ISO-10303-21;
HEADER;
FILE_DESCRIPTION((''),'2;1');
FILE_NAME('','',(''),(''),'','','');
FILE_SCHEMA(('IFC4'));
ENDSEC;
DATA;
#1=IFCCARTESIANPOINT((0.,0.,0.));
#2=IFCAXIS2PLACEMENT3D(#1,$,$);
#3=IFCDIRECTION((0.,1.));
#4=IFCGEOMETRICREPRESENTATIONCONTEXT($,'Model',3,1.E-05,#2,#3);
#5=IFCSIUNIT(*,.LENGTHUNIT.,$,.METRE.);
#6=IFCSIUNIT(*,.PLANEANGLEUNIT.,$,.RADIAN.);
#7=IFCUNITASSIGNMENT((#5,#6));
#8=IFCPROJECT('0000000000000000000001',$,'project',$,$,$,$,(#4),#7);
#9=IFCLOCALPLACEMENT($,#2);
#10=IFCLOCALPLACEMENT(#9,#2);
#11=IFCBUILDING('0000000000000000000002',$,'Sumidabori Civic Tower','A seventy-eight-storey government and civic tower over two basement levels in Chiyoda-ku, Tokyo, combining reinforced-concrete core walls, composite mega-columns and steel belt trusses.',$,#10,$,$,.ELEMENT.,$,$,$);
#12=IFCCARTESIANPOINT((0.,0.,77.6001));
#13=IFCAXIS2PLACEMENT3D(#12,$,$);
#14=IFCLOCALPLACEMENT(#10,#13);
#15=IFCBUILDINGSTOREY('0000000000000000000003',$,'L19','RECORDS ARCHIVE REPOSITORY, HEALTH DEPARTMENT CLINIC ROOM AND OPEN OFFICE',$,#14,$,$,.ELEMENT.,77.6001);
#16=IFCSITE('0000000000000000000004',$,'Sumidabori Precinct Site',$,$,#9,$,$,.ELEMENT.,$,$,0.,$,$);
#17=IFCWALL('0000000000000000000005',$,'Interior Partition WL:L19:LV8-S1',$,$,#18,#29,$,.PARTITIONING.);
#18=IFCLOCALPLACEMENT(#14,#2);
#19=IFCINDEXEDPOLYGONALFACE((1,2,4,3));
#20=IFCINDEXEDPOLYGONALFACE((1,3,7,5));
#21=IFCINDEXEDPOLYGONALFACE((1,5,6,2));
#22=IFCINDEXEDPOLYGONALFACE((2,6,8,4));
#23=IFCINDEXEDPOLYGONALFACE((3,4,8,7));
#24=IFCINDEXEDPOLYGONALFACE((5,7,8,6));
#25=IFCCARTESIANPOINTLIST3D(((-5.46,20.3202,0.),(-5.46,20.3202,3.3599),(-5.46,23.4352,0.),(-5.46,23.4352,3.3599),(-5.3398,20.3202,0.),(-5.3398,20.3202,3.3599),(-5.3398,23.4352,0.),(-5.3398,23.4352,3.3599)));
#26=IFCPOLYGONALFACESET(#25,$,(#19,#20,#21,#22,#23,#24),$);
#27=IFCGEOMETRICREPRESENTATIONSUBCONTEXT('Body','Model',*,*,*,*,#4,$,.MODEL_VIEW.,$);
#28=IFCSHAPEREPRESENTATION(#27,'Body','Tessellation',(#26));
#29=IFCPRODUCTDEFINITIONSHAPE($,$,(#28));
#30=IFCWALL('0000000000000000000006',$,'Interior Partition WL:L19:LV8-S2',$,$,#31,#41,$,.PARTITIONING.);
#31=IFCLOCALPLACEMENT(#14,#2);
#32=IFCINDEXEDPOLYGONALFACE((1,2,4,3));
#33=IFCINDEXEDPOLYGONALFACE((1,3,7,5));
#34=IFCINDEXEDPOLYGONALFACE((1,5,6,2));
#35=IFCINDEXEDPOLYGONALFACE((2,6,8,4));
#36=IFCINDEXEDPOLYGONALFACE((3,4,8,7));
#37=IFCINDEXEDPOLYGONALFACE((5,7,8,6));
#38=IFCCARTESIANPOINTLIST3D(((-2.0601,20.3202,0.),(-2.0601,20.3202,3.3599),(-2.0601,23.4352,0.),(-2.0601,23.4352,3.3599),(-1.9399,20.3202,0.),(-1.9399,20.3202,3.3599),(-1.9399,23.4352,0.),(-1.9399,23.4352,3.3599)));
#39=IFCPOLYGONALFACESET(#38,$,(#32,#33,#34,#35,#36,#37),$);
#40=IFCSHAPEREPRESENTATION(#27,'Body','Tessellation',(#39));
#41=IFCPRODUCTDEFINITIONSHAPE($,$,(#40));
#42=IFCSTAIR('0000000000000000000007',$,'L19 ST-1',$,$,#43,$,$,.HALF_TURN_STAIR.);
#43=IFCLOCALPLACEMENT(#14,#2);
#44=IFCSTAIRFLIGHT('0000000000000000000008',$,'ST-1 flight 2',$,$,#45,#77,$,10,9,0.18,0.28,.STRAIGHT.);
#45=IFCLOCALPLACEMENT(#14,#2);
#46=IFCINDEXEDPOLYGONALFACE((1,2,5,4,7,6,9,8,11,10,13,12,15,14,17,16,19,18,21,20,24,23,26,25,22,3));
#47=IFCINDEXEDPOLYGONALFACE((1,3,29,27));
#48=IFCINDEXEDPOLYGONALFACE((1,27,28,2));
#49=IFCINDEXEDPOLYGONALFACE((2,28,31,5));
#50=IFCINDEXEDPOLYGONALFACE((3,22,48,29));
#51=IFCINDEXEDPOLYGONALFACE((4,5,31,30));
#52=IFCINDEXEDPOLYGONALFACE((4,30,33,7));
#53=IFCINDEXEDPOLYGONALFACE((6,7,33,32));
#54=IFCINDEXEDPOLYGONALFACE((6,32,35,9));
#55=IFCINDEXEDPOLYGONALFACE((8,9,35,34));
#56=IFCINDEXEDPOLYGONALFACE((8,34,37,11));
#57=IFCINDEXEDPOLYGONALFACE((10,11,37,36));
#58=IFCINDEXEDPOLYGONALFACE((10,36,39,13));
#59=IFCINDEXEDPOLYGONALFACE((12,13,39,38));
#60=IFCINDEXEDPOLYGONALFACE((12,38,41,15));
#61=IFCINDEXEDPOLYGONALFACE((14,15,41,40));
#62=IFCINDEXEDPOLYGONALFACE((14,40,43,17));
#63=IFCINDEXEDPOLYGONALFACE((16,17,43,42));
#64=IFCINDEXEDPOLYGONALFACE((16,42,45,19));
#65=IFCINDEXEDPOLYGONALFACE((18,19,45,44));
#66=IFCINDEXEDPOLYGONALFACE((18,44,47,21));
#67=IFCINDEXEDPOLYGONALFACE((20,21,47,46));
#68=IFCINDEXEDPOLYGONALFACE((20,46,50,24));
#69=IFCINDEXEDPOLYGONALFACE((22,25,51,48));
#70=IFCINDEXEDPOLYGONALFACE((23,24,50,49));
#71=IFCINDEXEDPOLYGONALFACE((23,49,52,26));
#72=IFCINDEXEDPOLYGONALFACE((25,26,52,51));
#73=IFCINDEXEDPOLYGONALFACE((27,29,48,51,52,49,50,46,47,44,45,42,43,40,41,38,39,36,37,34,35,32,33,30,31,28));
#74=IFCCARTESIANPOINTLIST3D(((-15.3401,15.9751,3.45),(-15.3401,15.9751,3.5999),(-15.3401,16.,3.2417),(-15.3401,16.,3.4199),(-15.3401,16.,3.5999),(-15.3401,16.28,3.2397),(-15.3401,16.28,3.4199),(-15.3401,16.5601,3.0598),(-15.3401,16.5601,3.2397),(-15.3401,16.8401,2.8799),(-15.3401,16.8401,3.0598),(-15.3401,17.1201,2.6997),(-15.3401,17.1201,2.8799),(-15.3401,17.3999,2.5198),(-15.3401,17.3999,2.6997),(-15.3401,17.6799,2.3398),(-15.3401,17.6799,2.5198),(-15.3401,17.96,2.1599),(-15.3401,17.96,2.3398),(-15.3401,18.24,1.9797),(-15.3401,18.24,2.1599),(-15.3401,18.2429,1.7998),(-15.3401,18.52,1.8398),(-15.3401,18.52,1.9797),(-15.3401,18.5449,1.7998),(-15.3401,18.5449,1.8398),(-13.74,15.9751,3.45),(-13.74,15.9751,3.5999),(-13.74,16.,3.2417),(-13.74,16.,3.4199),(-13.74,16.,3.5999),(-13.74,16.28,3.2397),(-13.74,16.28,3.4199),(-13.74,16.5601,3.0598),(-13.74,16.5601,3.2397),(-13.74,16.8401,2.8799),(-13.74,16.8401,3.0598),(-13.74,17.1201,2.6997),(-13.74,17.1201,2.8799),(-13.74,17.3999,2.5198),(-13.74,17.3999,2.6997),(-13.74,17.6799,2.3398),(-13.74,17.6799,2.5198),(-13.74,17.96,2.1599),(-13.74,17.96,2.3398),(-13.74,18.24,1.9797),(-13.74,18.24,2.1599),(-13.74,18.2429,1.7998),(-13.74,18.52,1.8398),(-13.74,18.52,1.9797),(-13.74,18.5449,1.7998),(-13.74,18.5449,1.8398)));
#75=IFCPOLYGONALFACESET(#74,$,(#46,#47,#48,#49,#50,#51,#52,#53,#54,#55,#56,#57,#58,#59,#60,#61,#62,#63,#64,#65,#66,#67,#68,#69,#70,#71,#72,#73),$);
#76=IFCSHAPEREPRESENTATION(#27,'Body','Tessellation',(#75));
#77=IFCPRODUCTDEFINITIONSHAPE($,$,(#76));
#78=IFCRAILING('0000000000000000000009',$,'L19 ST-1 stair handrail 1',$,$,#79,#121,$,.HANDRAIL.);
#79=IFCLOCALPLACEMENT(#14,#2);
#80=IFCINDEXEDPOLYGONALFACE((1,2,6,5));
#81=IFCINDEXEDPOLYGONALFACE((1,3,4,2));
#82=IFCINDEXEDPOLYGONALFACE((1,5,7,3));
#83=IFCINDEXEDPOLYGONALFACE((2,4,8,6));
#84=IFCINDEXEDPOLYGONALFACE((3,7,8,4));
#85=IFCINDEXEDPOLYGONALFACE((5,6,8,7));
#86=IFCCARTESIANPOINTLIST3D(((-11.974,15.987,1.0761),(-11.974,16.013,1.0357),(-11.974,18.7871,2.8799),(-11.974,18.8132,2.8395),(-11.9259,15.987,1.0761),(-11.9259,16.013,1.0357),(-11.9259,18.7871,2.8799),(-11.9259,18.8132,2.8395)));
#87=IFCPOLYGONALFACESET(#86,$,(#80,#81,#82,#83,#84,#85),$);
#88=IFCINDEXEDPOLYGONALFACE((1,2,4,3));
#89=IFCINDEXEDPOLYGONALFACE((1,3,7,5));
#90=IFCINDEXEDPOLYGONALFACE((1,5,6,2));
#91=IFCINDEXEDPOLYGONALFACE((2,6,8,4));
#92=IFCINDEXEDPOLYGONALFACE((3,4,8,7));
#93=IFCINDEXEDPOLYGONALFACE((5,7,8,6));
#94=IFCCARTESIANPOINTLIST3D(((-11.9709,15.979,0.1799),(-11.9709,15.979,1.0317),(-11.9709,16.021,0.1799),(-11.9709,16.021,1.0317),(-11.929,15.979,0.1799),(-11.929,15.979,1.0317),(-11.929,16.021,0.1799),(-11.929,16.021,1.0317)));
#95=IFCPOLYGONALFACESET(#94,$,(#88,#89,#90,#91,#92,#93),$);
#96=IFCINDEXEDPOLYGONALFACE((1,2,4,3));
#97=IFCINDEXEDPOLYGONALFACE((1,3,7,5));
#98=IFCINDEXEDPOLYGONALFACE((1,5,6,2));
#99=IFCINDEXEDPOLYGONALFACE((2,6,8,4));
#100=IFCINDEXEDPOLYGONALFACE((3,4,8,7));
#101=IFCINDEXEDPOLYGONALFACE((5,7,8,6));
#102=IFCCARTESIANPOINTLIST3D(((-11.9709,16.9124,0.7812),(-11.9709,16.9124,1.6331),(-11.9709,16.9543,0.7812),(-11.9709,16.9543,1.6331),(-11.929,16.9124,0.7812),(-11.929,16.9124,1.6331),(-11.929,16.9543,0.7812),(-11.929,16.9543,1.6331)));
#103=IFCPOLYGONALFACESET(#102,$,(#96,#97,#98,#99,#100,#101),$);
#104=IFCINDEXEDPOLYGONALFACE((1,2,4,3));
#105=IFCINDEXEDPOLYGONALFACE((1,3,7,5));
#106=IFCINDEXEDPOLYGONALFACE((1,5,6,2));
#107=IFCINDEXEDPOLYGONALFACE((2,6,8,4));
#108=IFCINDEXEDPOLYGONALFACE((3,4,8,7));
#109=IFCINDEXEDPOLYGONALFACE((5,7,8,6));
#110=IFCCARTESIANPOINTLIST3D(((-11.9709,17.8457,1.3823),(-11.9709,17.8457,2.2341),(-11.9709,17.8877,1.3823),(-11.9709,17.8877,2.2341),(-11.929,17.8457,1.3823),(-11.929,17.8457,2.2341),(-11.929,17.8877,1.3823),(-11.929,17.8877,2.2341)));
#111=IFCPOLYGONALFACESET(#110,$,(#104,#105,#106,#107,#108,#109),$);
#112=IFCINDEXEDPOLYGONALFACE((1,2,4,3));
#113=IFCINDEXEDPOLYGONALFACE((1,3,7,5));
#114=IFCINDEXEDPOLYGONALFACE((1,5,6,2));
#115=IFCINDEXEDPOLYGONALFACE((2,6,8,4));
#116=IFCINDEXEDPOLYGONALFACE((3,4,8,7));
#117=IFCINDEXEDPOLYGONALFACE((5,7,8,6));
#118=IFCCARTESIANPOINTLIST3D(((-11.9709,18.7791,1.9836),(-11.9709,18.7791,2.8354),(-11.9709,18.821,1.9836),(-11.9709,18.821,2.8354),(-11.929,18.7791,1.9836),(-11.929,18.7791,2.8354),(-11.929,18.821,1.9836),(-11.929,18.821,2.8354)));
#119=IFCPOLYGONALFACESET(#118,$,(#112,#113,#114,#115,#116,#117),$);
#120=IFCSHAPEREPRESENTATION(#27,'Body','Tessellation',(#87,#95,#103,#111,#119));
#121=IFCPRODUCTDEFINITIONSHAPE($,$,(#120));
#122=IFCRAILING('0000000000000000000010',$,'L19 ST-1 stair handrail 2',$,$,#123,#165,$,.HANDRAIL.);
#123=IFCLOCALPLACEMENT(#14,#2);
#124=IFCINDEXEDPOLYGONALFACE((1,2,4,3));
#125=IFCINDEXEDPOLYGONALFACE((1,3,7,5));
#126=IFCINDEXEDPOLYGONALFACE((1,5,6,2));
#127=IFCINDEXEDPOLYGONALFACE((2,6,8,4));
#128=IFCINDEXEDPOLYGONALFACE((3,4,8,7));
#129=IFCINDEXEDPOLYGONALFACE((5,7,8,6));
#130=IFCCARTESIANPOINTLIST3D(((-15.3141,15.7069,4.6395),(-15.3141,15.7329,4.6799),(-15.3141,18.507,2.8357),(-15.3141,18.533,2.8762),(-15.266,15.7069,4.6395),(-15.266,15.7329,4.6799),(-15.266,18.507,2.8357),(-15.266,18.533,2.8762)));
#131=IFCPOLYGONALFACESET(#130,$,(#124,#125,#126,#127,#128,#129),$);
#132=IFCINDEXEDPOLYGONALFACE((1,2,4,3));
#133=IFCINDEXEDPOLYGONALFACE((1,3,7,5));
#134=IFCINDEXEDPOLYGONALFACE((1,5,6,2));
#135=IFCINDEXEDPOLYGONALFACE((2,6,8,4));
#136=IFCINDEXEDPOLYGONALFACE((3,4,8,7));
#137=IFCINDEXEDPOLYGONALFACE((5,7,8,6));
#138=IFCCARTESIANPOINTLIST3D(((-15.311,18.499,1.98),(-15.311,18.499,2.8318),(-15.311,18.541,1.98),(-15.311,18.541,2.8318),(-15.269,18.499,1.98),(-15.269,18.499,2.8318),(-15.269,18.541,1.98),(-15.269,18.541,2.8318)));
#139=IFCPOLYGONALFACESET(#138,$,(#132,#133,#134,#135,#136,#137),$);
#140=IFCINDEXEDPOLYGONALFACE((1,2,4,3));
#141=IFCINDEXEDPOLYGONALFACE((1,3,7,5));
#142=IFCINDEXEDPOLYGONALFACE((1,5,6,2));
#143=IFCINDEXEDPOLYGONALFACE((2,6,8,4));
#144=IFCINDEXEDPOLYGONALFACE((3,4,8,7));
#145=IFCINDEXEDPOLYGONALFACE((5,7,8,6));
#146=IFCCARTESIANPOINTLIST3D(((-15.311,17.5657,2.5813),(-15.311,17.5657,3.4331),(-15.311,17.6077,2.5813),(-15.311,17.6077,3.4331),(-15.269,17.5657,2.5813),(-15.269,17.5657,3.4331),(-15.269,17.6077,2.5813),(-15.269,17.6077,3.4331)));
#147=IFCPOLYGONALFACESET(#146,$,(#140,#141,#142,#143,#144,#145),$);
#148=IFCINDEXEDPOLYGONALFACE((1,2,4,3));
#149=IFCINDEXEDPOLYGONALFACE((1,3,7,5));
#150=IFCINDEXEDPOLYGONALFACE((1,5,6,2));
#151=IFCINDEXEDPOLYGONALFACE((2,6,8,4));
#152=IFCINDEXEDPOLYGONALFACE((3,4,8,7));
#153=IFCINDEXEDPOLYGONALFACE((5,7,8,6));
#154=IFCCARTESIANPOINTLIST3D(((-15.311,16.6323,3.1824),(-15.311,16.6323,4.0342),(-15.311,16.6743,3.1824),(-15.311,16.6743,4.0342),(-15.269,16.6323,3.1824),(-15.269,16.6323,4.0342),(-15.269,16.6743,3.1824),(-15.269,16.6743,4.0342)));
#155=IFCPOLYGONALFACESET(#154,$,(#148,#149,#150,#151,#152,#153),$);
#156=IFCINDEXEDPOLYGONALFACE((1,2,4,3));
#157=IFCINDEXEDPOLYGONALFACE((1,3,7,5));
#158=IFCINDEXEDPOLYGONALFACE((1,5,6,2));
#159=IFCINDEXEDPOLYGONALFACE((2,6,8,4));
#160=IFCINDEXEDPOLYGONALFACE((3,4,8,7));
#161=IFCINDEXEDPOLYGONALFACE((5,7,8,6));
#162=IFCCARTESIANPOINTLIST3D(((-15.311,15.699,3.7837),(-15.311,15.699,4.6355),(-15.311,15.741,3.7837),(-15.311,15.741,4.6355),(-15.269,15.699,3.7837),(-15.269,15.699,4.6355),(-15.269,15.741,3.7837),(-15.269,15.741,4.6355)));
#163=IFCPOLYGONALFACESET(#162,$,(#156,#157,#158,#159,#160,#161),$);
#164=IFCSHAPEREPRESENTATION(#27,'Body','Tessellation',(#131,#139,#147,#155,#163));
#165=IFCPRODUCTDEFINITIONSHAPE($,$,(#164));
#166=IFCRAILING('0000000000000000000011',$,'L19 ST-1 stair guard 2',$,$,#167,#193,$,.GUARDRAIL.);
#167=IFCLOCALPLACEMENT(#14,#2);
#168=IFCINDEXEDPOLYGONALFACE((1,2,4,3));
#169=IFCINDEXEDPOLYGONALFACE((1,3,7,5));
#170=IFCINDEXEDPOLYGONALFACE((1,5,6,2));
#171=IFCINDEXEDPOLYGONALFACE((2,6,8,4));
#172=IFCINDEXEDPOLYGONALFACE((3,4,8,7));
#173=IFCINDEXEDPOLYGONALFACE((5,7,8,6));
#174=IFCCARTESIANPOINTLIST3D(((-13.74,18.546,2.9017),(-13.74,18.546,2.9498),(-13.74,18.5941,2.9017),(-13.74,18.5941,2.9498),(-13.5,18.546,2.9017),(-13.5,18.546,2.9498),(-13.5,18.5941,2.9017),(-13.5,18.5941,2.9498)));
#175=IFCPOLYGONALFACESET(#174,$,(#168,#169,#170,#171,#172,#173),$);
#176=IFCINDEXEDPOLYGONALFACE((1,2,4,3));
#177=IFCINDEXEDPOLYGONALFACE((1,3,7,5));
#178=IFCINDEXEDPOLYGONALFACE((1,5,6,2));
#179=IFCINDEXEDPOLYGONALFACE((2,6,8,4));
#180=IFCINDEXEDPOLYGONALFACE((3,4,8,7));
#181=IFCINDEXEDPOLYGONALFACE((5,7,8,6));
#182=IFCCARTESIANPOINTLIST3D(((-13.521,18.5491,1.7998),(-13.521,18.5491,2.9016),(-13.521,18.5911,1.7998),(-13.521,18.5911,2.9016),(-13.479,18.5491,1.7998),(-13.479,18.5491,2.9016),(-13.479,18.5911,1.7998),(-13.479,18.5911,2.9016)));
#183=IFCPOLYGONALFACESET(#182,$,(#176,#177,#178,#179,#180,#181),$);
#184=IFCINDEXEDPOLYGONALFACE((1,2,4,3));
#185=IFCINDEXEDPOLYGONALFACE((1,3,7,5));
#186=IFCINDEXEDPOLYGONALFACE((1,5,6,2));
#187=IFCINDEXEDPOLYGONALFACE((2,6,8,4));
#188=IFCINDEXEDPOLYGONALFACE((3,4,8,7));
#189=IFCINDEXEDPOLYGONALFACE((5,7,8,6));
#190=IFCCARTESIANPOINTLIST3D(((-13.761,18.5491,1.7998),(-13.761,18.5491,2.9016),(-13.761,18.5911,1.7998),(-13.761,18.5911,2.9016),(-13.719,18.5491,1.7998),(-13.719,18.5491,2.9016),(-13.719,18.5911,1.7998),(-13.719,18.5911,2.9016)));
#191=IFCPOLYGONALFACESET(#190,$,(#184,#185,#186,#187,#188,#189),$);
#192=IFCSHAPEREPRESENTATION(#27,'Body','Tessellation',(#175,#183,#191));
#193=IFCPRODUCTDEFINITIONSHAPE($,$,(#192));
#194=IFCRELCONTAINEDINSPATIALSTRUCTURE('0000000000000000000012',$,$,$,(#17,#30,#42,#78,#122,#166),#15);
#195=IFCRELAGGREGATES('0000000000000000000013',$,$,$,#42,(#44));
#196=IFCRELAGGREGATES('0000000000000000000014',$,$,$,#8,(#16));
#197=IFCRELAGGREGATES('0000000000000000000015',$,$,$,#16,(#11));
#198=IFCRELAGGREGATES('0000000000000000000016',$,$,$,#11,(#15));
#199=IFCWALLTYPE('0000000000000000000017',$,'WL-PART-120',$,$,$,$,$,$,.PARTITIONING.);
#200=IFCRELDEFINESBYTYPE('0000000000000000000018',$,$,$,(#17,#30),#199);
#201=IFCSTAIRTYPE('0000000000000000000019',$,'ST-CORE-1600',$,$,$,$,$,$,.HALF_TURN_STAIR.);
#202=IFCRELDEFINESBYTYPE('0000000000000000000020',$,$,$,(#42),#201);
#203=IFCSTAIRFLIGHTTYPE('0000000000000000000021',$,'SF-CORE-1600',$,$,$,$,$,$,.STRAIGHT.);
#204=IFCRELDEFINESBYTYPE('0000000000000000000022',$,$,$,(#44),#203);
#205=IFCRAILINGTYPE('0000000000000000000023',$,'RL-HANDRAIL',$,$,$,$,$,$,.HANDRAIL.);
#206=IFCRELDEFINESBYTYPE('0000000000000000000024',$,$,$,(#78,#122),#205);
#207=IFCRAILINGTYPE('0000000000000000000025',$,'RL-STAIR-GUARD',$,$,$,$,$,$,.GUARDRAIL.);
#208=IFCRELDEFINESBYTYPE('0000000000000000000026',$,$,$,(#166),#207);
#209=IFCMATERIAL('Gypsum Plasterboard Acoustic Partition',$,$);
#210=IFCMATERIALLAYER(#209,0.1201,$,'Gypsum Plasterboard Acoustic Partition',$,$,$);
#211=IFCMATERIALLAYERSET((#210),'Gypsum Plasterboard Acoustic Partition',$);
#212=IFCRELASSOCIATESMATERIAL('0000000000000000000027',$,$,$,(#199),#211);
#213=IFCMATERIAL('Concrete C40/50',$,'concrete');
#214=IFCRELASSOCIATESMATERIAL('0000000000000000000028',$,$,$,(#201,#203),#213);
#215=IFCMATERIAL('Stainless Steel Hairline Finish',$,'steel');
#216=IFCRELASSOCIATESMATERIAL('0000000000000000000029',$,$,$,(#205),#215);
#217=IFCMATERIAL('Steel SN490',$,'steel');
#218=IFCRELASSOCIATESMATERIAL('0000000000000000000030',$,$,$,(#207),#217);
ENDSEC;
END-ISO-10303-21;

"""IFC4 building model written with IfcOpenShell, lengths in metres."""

from ifc_helpers import new_model, si_unit, direction, frame, frame_2d, origin, origin_2d, place, context, subcontext, project, spatial, polyline, rectangle, outline, extrude, source, transform, mapped, material, layer, layer_set, type_object, element, aggregate, save


model = new_model("IFC4")

# Units and contexts
model_context = context("Model", 3, precision=1e-05, world=origin(), true_north=direction((0.0, 1.0)))
body_context = subcontext(model_context, "Body", "Model", "MODEL_VIEW")
ifc_project = project(units=[si_unit("LENGTHUNIT", "METRE"), si_unit("PLANEANGLEUNIT", "RADIAN")], contexts=[model_context])

# Site, building, storey
site_placement = place(None, origin())
site = spatial("IfcSite", under=ifc_project, at=site_placement, Name="Sumidabori Precinct Site", CompositionType="ELEMENT", RefElevation=0.0)
building_placement = place(site_placement, origin())
building = spatial("IfcBuilding", under=site, at=building_placement, Name="Sumidabori Civic Tower", Description="A seventy-eight-storey government and civic tower over two basement levels in Chiyoda-ku, Tokyo, combining reinforced-concrete core walls, composite mega-columns and steel belt trusses.", CompositionType="ELEMENT")
storey_placement = place(building_placement, frame((0.0, 0.0, 77.6001)))
storey = spatial("IfcBuildingStorey", under=building, at=storey_placement, Name="L19", Description="RECORDS ARCHIVE REPOSITORY, HEALTH DEPARTMENT CLINIC ROOM AND OPEN OFFICE", CompositionType="ELEMENT", Elevation=77.6001)

# Shared definitions
ifc_material_1 = material(Name="Gypsum Plasterboard Acoustic Partition")

# Walls
ifc_layer_1 = layer(ifc_material_1, 0.1201, Name="Gypsum Plasterboard Acoustic Partition")
ifc_layer_set_1 = layer_set([ifc_layer_1], Name="Gypsum Plasterboard Acoustic Partition")
wall_type_1 = type_object("IfcWallType", Name="WL-PART-120", PredefinedType="PARTITIONING", material=ifc_layer_set_1)
shared_shape_1 = source(origin(), body_context, "Body", "SweptSolid", [
    extrude(rectangle(XDim=3.115, YDim=0.1201, at=frame_2d((1.5576, 0.0))), origin(), (0.0, 0.0, 1.0), 3.3599),
])
for number, where, z_axis, x_axis, name in (
    (1, (-5.3999, 20.3201, 0.0), (0.0, 0.0, 1.0), (0.0, 1.0, 0.0), "Interior Partition WL:L19:LV8-S1"),
    (2, (-2.0, 20.3201, 0.0), (0.0, 0.0, 1.0), (0.0, 1.0, 0.0), "Interior Partition WL:L19:LV8-S2"),
):
    element("IfcWall", number, at=place(storey_placement, frame(where, z_axis=z_axis, x_axis=x_axis)), inside=storey, type_object=wall_type_1, Name=name, PredefinedType="PARTITIONING", context=body_context, shape_type="MappedRepresentation", body=[
        mapped(shared_shape_1, transform((0.0, 0.0, 0.0), x_axis=(1.0, 0.0, 0.0), y_axis=(0.0, 1.0, 0.0), z_axis=(0.0, 0.0, 1.0), scale=1.0)),
    ])

# Stair, stair flight
ifc_material_2 = material(Name="Concrete C40/50", Category="concrete")
stair_type = type_object("IfcStairType", Name="ST-CORE-1600", PredefinedType="HALF_TURN_STAIR", material=ifc_material_2)
stair_placement = place(storey_placement, origin())
stair = element("IfcStair", 3, at=stair_placement, inside=storey, type_object=stair_type, Name="L19 ST-1", PredefinedType="HALF_TURN_STAIR")
stair_flight_type = type_object("IfcStairFlightType", Name="SF-CORE-1600", PredefinedType="STRAIGHT", material=ifc_material_2)
shared_shape_2 = source(origin(), body_context, "Body", "SweptSolid", [
    extrude(outline(polyline([(-0.0249, 0.0), (-0.0249, 0.04), (0.0, 0.04), (0.0, 0.1799), (0.28, 0.1799), (0.28, 0.3601), (0.5601, 0.3601), (0.5601, 0.54), (0.8401, 0.54), (0.8401, 0.72), (1.1201, 0.72), (1.1201, 0.8999), (1.3999, 0.8999), (1.3999, 1.0801), (1.6799, 1.0801), (1.6799, 1.26), (1.96, 1.26), (1.96, 1.4399), (2.24, 1.4399), (2.24, 1.6201), (2.52, 1.6201), (2.52, 1.8), (2.5449, 1.8), (2.5449, 1.6501), (2.52, 1.4419), (0.2771, 0.0), (-0.0249, 0.0)])), frame((0.0, 0.8, 0.0), z_axis=(0.0, -1.0, 0.0), x_axis=(1.0, 0.0, 0.0)), (0.0, 0.0, 1.0), 1.6001),
])
stair_flight_placement = place(storey_placement, frame((-14.54, 18.52, 1.7998), z_axis=(0.0, 0.0, 1.0), x_axis=(0.0, -1.0, 0.0)))
stair_flight = element("IfcStairFlight", 4, at=stair_flight_placement, type_object=stair_flight_type, Name="ST-1 flight 2", NumberOfRisers=10, NumberOfTreads=9, PredefinedType="STRAIGHT", RiserHeight=0.18, TreadLength=0.28, context=body_context, shape_type="MappedRepresentation", body=[
    mapped(shared_shape_2, transform((0.0, 0.0, 0.0), x_axis=(1.0, 0.0, 0.0), y_axis=(0.0, 1.0, 0.0), z_axis=(0.0, 0.0, 1.0), scale=1.0)),
])
aggregate(stair, [stair_flight])

# Railings
ifc_material_3 = material(Name="Stainless Steel Hairline Finish", Category="steel")
railing_type_1 = type_object("IfcRailingType", Name="RL-HANDRAIL", PredefinedType="HANDRAIL", material=ifc_material_3)
railing_1_placement = place(storey_placement, frame((-11.95, 16.0, 0.1799)))
element("IfcRailing", 5, at=railing_1_placement, inside=storey, type_object=railing_type_1, Name="L19 ST-1 stair handrail 1", PredefinedType="HANDRAIL", context=body_context, shape_type="SweptSolid", body=[
    extrude(rectangle(XDim=0.0481, YDim=0.0481, at=origin_2d()), frame((0.0, 0.0, 0.876), z_axis=(0.0, 0.840676, 0.541539), x_axis=(-1.0, 0.0, 0.0)), (0.0, 0.0, 1.0), 3.3308),
    extrude(rectangle(XDim=0.042, YDim=0.042, at=origin_2d()), origin(), (0.0, 0.0, 1.0), 0.8518),
    extrude(rectangle(XDim=0.042, YDim=0.042, at=origin_2d()), frame((0.0, 0.9333, 0.6013)), (0.0, 0.0, 1.0), 0.8518),
    extrude(rectangle(XDim=0.042, YDim=0.042, at=origin_2d()), frame((0.0, 1.8667, 1.2024)), (0.0, 0.0, 1.0), 0.8518),
    extrude(rectangle(XDim=0.042, YDim=0.042, at=origin_2d()), frame((0.0, 2.8, 1.8037)), (0.0, 0.0, 1.0), 0.8518),
])
railing_2_placement = place(storey_placement, frame((-15.29, 18.52, 1.98)))
element("IfcRailing", 6, at=railing_2_placement, inside=storey, type_object=railing_type_1, Name="L19 ST-1 stair handrail 2", PredefinedType="HANDRAIL", context=body_context, shape_type="SweptSolid", body=[
    extrude(rectangle(XDim=0.0481, YDim=0.0481, at=origin_2d()), frame((0.0, 0.0, 0.876), z_axis=(0.0, -0.840676, 0.541539), x_axis=(1.0, 0.0, 0.0)), (0.0, 0.0, 1.0), 3.3308),
    extrude(rectangle(XDim=0.042, YDim=0.042, at=origin_2d()), origin(), (0.0, 0.0, 1.0), 0.8518),
    extrude(rectangle(XDim=0.042, YDim=0.042, at=origin_2d()), frame((0.0, -0.9333, 0.6013)), (0.0, 0.0, 1.0), 0.8518),
    extrude(rectangle(XDim=0.042, YDim=0.042, at=origin_2d()), frame((0.0, -1.8667, 1.2024)), (0.0, 0.0, 1.0), 0.8518),
    extrude(rectangle(XDim=0.042, YDim=0.042, at=origin_2d()), frame((0.0, -2.8, 1.8037)), (0.0, 0.0, 1.0), 0.8518),
])
ifc_material_4 = material(Name="Steel SN490", Category="steel")
railing_type_2 = type_object("IfcRailingType", Name="RL-STAIR-GUARD", PredefinedType="GUARDRAIL", material=ifc_material_4)
railing_3_placement = place(storey_placement, frame((-13.5, 18.5701, 1.7998)))
element("IfcRailing", 7, at=railing_3_placement, inside=storey, type_object=railing_type_2, Name="L19 ST-1 stair guard 2", PredefinedType="GUARDRAIL", context=body_context, shape_type="SweptSolid", body=[
    extrude(rectangle(XDim=0.0481, YDim=0.0481, at=origin_2d()), frame((0.0, 0.0, 1.126), z_axis=(-1.0, 0.0, 0.0), x_axis=(0.0, -1.0, 0.0)), (0.0, 0.0, 1.0), 0.24),
    extrude(rectangle(XDim=0.042, YDim=0.042, at=origin_2d()), origin(), (0.0, 0.0, 1.0), 1.1018),
    extrude(rectangle(XDim=0.042, YDim=0.042, at=origin_2d()), frame((-0.24, 0.0, 0.0)), (0.0, 0.0, 1.0), 1.1018),
])

save(model, "model.ifc")
